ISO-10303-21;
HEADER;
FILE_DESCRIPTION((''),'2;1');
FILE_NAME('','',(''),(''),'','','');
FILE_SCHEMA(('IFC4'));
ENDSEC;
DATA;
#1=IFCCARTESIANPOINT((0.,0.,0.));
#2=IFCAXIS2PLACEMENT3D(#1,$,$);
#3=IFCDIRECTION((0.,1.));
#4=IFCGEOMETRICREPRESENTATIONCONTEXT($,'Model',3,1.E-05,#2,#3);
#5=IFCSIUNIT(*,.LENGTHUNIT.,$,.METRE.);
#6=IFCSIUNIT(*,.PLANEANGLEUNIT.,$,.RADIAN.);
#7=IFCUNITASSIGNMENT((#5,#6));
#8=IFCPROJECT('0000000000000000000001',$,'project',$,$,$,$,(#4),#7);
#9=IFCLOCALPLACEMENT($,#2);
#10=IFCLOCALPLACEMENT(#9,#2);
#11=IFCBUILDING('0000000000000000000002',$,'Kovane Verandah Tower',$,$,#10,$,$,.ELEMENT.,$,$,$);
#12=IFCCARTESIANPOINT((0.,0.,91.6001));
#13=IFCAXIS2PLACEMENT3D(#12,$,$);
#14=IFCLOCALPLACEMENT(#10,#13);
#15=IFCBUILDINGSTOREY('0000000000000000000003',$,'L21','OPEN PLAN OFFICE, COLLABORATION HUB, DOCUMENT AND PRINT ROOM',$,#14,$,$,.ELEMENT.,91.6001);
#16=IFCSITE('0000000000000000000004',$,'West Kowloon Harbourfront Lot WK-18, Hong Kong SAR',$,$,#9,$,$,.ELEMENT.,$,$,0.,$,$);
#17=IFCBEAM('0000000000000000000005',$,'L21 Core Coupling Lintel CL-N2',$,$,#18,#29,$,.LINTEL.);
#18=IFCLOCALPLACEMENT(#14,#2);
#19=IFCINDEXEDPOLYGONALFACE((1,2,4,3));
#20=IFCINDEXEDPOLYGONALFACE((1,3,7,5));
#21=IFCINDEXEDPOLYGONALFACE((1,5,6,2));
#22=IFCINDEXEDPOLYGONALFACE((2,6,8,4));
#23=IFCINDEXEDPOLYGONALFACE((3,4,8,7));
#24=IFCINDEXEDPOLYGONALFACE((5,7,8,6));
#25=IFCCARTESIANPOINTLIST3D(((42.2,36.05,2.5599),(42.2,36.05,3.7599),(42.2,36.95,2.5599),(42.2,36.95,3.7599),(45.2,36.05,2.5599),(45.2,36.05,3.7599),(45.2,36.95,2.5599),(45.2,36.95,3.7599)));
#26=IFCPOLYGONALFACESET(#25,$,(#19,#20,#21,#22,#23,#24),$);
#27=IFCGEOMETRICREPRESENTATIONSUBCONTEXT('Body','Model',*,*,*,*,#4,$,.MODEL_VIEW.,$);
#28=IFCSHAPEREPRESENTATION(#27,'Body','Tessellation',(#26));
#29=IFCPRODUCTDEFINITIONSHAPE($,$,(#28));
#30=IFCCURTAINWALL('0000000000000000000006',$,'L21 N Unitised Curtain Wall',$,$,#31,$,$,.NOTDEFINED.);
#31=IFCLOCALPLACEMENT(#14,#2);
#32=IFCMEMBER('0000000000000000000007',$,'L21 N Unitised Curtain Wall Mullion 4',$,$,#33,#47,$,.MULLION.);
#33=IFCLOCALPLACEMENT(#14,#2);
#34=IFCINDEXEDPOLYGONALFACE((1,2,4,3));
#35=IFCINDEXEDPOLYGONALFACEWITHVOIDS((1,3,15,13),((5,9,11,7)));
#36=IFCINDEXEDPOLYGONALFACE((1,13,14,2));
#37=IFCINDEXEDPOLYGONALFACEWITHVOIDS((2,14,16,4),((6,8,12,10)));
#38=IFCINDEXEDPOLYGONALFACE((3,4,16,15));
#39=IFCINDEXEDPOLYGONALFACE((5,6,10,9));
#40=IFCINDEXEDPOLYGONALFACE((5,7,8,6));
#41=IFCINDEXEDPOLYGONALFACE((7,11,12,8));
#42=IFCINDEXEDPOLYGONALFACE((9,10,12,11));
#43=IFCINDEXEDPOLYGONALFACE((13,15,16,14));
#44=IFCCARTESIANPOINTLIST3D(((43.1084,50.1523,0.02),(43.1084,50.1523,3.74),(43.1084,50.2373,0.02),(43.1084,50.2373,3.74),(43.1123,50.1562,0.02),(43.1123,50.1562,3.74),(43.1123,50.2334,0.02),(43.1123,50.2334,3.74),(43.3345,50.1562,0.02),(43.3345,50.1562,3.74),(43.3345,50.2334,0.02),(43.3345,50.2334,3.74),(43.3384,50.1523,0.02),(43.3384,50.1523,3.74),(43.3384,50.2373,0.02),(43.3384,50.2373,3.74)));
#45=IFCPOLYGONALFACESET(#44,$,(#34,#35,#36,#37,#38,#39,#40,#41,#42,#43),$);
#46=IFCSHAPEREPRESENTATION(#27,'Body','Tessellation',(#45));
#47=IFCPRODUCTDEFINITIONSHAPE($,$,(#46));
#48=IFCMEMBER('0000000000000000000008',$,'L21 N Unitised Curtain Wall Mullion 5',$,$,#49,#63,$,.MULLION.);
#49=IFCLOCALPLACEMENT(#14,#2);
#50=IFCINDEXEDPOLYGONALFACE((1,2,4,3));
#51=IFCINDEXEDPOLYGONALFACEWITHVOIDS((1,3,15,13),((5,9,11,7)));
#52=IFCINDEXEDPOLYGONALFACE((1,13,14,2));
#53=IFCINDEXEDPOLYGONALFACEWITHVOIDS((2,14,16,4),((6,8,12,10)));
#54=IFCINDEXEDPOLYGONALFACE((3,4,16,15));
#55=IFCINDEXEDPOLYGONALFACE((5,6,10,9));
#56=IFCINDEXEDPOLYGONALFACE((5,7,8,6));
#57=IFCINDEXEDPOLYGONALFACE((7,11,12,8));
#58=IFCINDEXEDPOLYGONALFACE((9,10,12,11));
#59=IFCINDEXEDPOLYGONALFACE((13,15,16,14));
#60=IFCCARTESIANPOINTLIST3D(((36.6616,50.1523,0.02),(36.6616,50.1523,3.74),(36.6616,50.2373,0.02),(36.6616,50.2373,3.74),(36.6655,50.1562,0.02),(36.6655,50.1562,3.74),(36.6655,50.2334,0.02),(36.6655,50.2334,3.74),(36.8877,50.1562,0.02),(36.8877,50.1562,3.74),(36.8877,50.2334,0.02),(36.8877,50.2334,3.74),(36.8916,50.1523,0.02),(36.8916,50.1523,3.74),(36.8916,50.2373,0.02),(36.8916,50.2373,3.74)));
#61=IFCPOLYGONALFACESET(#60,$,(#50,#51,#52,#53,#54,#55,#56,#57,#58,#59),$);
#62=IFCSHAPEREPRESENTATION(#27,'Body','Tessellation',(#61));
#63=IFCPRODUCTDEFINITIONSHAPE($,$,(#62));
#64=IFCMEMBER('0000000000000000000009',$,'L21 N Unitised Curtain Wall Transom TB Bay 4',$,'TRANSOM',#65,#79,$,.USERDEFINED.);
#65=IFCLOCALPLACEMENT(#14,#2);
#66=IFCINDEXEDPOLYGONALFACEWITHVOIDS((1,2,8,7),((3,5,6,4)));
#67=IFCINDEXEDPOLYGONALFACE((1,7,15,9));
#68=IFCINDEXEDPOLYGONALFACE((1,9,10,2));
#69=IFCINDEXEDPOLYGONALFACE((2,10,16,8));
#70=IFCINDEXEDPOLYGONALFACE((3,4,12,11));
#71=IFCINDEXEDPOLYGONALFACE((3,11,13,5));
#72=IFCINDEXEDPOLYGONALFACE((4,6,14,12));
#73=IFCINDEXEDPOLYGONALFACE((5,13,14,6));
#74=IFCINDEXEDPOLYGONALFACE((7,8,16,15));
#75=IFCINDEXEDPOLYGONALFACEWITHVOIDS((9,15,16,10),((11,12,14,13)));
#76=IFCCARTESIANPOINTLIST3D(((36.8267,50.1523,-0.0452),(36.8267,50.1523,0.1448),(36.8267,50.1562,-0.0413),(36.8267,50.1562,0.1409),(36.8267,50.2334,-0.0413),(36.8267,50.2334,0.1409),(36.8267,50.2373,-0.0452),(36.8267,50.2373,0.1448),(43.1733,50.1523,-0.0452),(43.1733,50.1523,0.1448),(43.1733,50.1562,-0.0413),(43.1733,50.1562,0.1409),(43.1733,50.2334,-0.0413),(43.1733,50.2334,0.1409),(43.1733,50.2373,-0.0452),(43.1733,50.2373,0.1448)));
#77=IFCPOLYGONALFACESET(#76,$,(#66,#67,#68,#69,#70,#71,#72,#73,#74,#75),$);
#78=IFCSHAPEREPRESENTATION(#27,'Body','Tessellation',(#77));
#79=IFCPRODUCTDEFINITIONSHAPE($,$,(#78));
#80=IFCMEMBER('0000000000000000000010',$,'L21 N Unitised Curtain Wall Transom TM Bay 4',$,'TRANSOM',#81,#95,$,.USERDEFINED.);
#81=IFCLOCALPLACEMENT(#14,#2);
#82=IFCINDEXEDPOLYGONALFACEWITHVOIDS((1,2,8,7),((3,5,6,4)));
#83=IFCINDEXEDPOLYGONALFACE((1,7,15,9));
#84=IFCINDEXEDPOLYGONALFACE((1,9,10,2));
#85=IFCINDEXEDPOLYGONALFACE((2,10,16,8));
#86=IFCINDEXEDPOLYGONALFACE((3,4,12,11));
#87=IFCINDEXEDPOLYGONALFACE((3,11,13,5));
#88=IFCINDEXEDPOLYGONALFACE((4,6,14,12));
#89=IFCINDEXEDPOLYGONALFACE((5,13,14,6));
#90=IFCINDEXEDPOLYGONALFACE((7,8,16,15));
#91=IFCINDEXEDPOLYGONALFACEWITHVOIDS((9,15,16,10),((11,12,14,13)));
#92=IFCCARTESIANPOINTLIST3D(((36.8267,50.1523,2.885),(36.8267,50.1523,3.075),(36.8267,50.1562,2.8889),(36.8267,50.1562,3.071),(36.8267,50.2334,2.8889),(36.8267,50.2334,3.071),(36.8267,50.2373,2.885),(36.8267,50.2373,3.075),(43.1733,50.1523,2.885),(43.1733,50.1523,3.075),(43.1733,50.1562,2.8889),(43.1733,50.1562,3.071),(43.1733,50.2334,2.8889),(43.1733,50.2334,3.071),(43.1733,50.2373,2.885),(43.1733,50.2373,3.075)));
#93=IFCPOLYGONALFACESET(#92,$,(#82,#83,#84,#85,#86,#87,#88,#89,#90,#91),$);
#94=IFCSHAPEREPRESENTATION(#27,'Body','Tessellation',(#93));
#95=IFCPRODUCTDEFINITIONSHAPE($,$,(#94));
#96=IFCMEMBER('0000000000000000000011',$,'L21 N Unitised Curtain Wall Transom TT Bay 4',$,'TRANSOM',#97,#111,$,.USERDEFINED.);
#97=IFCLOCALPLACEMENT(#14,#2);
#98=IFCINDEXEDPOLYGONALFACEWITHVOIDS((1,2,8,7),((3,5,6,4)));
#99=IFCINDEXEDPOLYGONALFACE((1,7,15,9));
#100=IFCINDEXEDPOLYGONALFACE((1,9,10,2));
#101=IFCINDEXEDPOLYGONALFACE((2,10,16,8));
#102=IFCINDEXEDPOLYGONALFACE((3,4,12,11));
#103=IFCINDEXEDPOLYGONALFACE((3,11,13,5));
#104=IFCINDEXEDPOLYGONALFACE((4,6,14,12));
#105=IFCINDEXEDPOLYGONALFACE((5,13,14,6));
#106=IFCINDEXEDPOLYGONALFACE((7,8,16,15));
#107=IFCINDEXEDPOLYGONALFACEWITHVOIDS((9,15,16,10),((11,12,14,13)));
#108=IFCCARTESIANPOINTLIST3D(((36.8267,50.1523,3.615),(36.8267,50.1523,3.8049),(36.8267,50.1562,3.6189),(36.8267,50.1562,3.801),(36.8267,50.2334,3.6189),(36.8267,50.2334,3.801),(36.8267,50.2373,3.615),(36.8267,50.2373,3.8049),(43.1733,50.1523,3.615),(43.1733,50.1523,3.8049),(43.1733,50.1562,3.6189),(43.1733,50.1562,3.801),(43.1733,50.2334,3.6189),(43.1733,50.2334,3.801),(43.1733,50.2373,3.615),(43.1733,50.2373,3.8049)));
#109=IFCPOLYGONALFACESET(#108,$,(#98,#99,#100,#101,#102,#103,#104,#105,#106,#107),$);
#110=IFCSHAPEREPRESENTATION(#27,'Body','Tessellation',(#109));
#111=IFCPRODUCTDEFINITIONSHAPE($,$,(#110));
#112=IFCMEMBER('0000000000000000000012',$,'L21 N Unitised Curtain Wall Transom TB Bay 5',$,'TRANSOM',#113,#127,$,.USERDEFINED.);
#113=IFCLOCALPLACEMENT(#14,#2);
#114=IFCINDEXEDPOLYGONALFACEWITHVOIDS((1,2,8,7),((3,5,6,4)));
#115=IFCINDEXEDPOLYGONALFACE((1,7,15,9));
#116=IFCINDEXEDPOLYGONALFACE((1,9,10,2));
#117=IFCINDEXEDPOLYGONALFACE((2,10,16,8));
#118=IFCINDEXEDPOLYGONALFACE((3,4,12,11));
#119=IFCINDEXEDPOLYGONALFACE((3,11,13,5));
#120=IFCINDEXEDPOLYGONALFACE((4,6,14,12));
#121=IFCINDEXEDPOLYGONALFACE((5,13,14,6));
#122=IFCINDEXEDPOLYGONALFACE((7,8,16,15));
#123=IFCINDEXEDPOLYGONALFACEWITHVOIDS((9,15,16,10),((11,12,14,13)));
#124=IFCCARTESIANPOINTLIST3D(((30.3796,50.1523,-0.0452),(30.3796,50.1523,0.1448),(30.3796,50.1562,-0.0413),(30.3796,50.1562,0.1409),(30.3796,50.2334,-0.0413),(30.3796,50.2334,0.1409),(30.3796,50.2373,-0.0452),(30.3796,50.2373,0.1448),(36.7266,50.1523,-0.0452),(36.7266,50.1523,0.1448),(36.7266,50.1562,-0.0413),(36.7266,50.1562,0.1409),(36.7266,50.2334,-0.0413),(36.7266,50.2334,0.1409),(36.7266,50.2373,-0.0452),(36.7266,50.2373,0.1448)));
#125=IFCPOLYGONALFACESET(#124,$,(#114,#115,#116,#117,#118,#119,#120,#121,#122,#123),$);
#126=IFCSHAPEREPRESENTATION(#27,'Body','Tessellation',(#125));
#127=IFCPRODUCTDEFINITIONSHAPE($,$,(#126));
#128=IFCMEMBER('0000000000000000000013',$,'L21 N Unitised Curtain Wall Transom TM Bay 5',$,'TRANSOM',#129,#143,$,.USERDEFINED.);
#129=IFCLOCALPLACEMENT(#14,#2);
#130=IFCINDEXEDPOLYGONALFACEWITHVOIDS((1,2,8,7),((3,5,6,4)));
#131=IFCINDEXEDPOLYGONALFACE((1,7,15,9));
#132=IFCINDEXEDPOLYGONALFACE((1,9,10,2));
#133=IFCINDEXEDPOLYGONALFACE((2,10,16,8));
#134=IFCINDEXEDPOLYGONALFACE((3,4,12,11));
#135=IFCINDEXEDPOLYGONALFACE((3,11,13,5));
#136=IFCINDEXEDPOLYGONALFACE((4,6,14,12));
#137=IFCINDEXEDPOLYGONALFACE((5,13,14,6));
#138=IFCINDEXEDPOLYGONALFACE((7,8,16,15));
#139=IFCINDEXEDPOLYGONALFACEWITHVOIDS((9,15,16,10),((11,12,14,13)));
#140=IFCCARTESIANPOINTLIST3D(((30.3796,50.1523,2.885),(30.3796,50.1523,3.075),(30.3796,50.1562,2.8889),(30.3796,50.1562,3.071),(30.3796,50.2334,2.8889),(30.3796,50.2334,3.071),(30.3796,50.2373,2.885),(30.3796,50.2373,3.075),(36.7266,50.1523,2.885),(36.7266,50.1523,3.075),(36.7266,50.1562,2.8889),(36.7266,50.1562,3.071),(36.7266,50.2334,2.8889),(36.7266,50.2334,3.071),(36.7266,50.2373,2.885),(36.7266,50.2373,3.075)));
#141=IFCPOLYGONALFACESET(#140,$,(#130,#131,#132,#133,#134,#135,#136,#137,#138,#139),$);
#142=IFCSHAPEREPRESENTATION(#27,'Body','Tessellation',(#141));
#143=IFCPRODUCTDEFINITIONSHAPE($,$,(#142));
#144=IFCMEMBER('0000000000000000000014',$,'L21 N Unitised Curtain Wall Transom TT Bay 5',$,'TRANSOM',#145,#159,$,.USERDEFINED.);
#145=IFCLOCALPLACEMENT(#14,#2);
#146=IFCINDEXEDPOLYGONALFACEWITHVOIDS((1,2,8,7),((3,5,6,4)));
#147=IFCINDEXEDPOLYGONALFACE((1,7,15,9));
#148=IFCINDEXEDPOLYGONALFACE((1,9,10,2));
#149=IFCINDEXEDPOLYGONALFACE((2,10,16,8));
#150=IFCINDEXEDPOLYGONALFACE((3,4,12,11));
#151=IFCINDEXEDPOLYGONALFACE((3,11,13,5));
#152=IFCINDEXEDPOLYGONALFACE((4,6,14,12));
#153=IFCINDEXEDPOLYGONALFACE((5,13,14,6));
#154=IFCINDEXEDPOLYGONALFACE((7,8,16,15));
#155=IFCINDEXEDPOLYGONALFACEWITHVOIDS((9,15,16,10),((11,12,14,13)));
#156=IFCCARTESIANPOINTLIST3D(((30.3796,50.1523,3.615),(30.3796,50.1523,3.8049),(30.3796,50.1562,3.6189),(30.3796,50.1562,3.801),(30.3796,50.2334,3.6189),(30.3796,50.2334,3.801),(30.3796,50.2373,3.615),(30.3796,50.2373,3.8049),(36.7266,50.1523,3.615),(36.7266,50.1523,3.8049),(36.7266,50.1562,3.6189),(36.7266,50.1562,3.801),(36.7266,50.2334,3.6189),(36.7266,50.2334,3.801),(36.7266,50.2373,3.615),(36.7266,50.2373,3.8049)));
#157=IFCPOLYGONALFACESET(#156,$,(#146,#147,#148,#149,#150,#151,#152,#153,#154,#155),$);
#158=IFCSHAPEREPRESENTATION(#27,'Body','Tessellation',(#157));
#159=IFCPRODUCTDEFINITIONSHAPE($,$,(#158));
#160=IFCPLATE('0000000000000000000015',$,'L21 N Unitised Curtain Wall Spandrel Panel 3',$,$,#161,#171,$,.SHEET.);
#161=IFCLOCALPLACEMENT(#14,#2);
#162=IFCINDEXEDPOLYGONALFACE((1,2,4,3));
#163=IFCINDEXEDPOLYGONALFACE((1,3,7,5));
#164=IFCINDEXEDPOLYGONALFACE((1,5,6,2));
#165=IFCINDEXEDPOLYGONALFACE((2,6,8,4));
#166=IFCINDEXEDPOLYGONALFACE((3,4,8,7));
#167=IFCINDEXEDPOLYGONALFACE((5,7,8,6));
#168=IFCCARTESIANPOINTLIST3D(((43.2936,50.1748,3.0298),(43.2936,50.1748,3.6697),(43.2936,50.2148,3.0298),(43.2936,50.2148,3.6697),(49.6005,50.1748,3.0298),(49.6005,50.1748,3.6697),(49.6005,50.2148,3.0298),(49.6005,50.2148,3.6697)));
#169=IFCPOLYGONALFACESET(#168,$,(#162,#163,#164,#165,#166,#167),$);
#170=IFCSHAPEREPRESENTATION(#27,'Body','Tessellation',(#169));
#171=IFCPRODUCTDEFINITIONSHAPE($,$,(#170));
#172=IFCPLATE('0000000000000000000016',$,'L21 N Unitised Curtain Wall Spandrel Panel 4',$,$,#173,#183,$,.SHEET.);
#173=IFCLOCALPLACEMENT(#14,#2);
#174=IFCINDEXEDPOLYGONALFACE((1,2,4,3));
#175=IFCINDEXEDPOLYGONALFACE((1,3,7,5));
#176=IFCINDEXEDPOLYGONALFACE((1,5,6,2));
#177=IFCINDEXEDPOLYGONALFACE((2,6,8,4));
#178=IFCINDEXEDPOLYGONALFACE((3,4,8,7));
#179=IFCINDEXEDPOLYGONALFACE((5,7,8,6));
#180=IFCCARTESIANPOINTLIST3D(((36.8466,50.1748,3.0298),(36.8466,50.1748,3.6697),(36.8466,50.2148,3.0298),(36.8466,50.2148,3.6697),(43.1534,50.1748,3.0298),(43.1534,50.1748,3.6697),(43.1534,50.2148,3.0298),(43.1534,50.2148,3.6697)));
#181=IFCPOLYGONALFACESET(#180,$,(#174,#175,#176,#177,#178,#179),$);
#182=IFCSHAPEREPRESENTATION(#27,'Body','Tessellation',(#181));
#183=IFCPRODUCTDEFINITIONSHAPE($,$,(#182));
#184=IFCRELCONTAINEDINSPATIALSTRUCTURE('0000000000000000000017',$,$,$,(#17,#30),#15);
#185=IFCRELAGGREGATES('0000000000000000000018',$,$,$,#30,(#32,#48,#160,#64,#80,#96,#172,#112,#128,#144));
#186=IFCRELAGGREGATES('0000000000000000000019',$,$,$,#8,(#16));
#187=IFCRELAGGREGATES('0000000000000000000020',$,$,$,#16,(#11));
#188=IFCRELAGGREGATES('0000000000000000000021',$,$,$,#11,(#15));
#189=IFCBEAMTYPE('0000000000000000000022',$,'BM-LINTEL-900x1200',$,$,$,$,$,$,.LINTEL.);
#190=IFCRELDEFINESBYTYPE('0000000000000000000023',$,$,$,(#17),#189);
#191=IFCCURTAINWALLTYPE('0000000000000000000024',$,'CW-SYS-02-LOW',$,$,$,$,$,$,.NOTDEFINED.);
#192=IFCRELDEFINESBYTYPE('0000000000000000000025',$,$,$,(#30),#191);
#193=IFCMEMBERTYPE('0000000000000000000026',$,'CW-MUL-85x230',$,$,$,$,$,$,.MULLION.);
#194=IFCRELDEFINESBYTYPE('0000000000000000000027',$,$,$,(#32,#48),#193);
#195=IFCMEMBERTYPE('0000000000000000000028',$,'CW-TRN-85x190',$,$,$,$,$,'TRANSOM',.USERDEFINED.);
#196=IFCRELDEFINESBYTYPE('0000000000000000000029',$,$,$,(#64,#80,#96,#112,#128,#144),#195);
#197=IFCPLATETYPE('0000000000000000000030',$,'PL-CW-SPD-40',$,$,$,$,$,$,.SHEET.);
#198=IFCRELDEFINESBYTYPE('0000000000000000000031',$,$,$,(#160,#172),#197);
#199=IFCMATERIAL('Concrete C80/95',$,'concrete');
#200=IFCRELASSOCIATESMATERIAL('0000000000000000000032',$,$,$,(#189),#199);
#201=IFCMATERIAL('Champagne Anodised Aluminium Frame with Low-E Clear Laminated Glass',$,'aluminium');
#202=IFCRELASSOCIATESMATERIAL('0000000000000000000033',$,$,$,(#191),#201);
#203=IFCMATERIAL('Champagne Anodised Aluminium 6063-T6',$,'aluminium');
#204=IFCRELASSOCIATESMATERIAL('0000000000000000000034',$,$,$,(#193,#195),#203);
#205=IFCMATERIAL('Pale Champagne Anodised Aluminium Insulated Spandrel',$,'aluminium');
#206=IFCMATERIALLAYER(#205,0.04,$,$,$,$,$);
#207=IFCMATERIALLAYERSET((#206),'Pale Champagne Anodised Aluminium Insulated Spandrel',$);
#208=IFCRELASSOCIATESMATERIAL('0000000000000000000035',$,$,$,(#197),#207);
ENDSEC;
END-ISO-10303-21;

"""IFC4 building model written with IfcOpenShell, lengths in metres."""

from ifc_helpers import new_model, si_unit, direction, frame, origin, origin_2d, place, context, subcontext, project, spatial, rectangle, hollow_rectangle, extrude, material, layer, layer_set, material_profile, profile_set, type_object, element, aggregate, save


model = new_model("IFC4")

# Units and contexts
model_context = context("Model", 3, precision=1e-05, world=origin(), true_north=direction((0.0, 1.0)))
body_context = subcontext(model_context, "Body", "Model", "MODEL_VIEW")
ifc_project = project(units=[si_unit("LENGTHUNIT", "METRE"), si_unit("PLANEANGLEUNIT", "RADIAN")], contexts=[model_context])

# Site, building, storey
site_placement = place(None, origin())
site = spatial("IfcSite", under=ifc_project, at=site_placement, Name="West Kowloon Harbourfront Lot WK-18, Hong Kong SAR", CompositionType="ELEMENT", RefElevation=0.0)
building_placement = place(site_placement, origin())
building = spatial("IfcBuilding", under=site, at=building_placement, Name="Kovane Verandah Tower", CompositionType="ELEMENT")
storey_placement = place(building_placement, frame((0.0, 0.0, 91.6001)))
storey = spatial("IfcBuildingStorey", under=building, at=storey_placement, Name="L21", Description="OPEN PLAN OFFICE, COLLABORATION HUB, DOCUMENT AND PRINT ROOM", CompositionType="ELEMENT", Elevation=91.6001)

# Beam
ifc_material_1 = material(Name="Concrete C80/95", Category="concrete")
ifc_material_profile_1 = material_profile(ifc_material_1, rectangle(XDim=0.8999, YDim=1.2, at=origin_2d()), Name="RCB900x1200")
ifc_profile_set_1 = profile_set([ifc_material_profile_1], Name="Concrete C80/95")
beam_type = type_object("IfcBeamType", Name="BM-LINTEL-900x1200", PredefinedType="LINTEL", material=ifc_profile_set_1)
beam_placement = place(storey_placement, frame((42.2, 36.5, 3.1599), z_axis=(1.0, 0.0, 0.0), x_axis=(0.0, 1.0, 0.0)))
element("IfcBeam", 1, at=beam_placement, inside=storey, type_object=beam_type, Name="L21 Core Coupling Lintel CL-N2", PredefinedType="LINTEL", context=body_context, shape_type="SweptSolid", body=[
    extrude(rectangle(XDim=0.8999, YDim=1.2, at=origin_2d()), origin(), (0.0, 0.0, 1.0), 3.0),
])

# Curtain wall, members, plates
ifc_material_2 = material(Name="Champagne Anodised Aluminium Frame with Low-E Clear Laminated Glass", Category="aluminium")
curtain_wall_type = type_object("IfcCurtainWallType", Name="CW-SYS-02-LOW", PredefinedType="NOTDEFINED", material=ifc_material_2)
curtain_wall_placement = place(storey_placement, origin())
curtain_wall = element("IfcCurtainWall", 2, at=curtain_wall_placement, inside=storey, type_object=curtain_wall_type, Name="L21 N Unitised Curtain Wall", PredefinedType="NOTDEFINED")
ifc_material_3 = material(Name="Champagne Anodised Aluminium 6063-T6", Category="aluminium")
ifc_material_profile_2 = material_profile(ifc_material_3, hollow_rectangle(XDim=0.085, YDim=0.23, WallThickness=0.0039, at=origin_2d()), Name="AL85x230x4")
ifc_profile_set_2 = profile_set([ifc_material_profile_2], Name="Champagne Anodised Aluminium 6063-T6")
member_type_1 = type_object("IfcMemberType", Name="CW-MUL-85x230", PredefinedType="MULLION", material=ifc_profile_set_2)
member_1_placement = place(storey_placement, frame((43.2234, 50.1948, 0.02), z_axis=(0.0, 0.0, 1.0), x_axis=(0.0, 1.0, 0.0)))
member_1 = element("IfcMember", 3, at=member_1_placement, type_object=member_type_1, Name="L21 N Unitised Curtain Wall Mullion 4", PredefinedType="MULLION", context=body_context, shape_type="SweptSolid", body=[
    extrude(hollow_rectangle(XDim=0.085, YDim=0.23, WallThickness=0.0039, at=origin_2d()), origin(), (0.0, 0.0, 1.0), 3.72),
])
member_2_placement = place(storey_placement, frame((36.7766, 50.1948, 0.02), z_axis=(0.0, 0.0, 1.0), x_axis=(0.0, 1.0, 0.0)))
member_2 = element("IfcMember", 4, at=member_2_placement, type_object=member_type_1, Name="L21 N Unitised Curtain Wall Mullion 5", PredefinedType="MULLION", context=body_context, shape_type="SweptSolid", body=[
    extrude(hollow_rectangle(XDim=0.085, YDim=0.23, WallThickness=0.0039, at=origin_2d()), origin(), (0.0, 0.0, 1.0), 3.72),
])
ifc_material_profile_3 = material_profile(ifc_material_3, hollow_rectangle(XDim=0.085, YDim=0.1899, WallThickness=0.0039, at=origin_2d()), Name="AL85x190x4")
ifc_profile_set_3 = profile_set([ifc_material_profile_3], Name="Champagne Anodised Aluminium 6063-T6")
member_type_2 = type_object("IfcMemberType", Name="CW-TRN-85x190", ElementType="TRANSOM", PredefinedType="USERDEFINED", material=ifc_profile_set_3)
member_3_placement = place(storey_placement, frame((43.1733, 50.1948, 0.0498), z_axis=(-1.0, 0.0, 0.0), x_axis=(0.0, -1.0, 0.0)))
member_3 = element("IfcMember", 5, at=member_3_placement, type_object=member_type_2, Name="L21 N Unitised Curtain Wall Transom TB Bay 4", ObjectType="TRANSOM", PredefinedType="USERDEFINED", context=body_context, shape_type="SweptSolid", body=[
    extrude(hollow_rectangle(XDim=0.085, YDim=0.1899, WallThickness=0.0039, at=origin_2d()), origin(), (0.0, 0.0, 1.0), 6.3467),
])
member_4_placement = place(storey_placement, frame((43.1733, 50.1948, 2.98), z_axis=(-1.0, 0.0, 0.0), x_axis=(0.0, -1.0, 0.0)))
member_4 = element("IfcMember", 6, at=member_4_placement, type_object=member_type_2, Name="L21 N Unitised Curtain Wall Transom TM Bay 4", ObjectType="TRANSOM", PredefinedType="USERDEFINED", context=body_context, shape_type="SweptSolid", body=[
    extrude(hollow_rectangle(XDim=0.085, YDim=0.1899, WallThickness=0.0039, at=origin_2d()), origin(), (0.0, 0.0, 1.0), 6.3467),
])
member_5_placement = place(storey_placement, frame((43.1733, 50.1948, 3.71), z_axis=(-1.0, 0.0, 0.0), x_axis=(0.0, -1.0, 0.0)))
member_5 = element("IfcMember", 7, at=member_5_placement, type_object=member_type_2, Name="L21 N Unitised Curtain Wall Transom TT Bay 4", ObjectType="TRANSOM", PredefinedType="USERDEFINED", context=body_context, shape_type="SweptSolid", body=[
    extrude(hollow_rectangle(XDim=0.085, YDim=0.1899, WallThickness=0.0039, at=origin_2d()), origin(), (0.0, 0.0, 1.0), 6.3467),
])
member_6_placement = place(storey_placement, frame((36.7266, 50.1948, 0.0498), z_axis=(-1.0, 0.0, 0.0), x_axis=(0.0, -1.0, 0.0)))
member_6 = element("IfcMember", 8, at=member_6_placement, type_object=member_type_2, Name="L21 N Unitised Curtain Wall Transom TB Bay 5", ObjectType="TRANSOM", PredefinedType="USERDEFINED", context=body_context, shape_type="SweptSolid", body=[
    extrude(hollow_rectangle(XDim=0.085, YDim=0.1899, WallThickness=0.0039, at=origin_2d()), origin(), (0.0, 0.0, 1.0), 6.3469),
])
member_7_placement = place(storey_placement, frame((36.7266, 50.1948, 2.98), z_axis=(-1.0, 0.0, 0.0), x_axis=(0.0, -1.0, 0.0)))
member_7 = element("IfcMember", 9, at=member_7_placement, type_object=member_type_2, Name="L21 N Unitised Curtain Wall Transom TM Bay 5", ObjectType="TRANSOM", PredefinedType="USERDEFINED", context=body_context, shape_type="SweptSolid", body=[
    extrude(hollow_rectangle(XDim=0.085, YDim=0.1899, WallThickness=0.0039, at=origin_2d()), origin(), (0.0, 0.0, 1.0), 6.3469),
])
member_8_placement = place(storey_placement, frame((36.7266, 50.1948, 3.71), z_axis=(-1.0, 0.0, 0.0), x_axis=(0.0, -1.0, 0.0)))
member_8 = element("IfcMember", 10, at=member_8_placement, type_object=member_type_2, Name="L21 N Unitised Curtain Wall Transom TT Bay 5", ObjectType="TRANSOM", PredefinedType="USERDEFINED", context=body_context, shape_type="SweptSolid", body=[
    extrude(hollow_rectangle(XDim=0.085, YDim=0.1899, WallThickness=0.0039, at=origin_2d()), origin(), (0.0, 0.0, 1.0), 6.3469),
])
ifc_material_4 = material(Name="Pale Champagne Anodised Aluminium Insulated Spandrel", Category="aluminium")
ifc_layer_1 = layer(ifc_material_4, 0.04)
ifc_layer_set_1 = layer_set([ifc_layer_1], Name="Pale Champagne Anodised Aluminium Insulated Spandrel")
plate_type_1 = type_object("IfcPlateType", Name="PL-CW-SPD-40", PredefinedType="SHEET", material=ifc_layer_set_1)
plate_1_placement = place(storey_placement, frame((46.447, 50.1948, 3.0298), z_axis=(0.0, 0.0, 1.0), x_axis=(-1.0, 0.0, 0.0)))
plate_1 = element("IfcPlate", 11, at=plate_1_placement, type_object=plate_type_1, Name="L21 N Unitised Curtain Wall Spandrel Panel 3", PredefinedType="SHEET", context=body_context, shape_type="SweptSolid", body=[
    extrude(rectangle(XDim=6.3069, YDim=0.04, at=origin_2d()), origin(), (0.0, 0.0, 1.0), 0.6399),
])
plate_2_placement = place(storey_placement, frame((40.0, 50.1948, 3.0298), z_axis=(0.0, 0.0, 1.0), x_axis=(-1.0, 0.0, 0.0)))
plate_2 = element("IfcPlate", 12, at=plate_2_placement, type_object=plate_type_1, Name="L21 N Unitised Curtain Wall Spandrel Panel 4", PredefinedType="SHEET", context=body_context, shape_type="SweptSolid", body=[
    extrude(rectangle(XDim=6.3069, YDim=0.04, at=origin_2d()), origin(), (0.0, 0.0, 1.0), 0.6399),
])
aggregate(curtain_wall, [member_1, member_2, plate_1, member_3, member_4, member_5, plate_2, member_6, member_7, member_8])

save(model, "model.ifc")
